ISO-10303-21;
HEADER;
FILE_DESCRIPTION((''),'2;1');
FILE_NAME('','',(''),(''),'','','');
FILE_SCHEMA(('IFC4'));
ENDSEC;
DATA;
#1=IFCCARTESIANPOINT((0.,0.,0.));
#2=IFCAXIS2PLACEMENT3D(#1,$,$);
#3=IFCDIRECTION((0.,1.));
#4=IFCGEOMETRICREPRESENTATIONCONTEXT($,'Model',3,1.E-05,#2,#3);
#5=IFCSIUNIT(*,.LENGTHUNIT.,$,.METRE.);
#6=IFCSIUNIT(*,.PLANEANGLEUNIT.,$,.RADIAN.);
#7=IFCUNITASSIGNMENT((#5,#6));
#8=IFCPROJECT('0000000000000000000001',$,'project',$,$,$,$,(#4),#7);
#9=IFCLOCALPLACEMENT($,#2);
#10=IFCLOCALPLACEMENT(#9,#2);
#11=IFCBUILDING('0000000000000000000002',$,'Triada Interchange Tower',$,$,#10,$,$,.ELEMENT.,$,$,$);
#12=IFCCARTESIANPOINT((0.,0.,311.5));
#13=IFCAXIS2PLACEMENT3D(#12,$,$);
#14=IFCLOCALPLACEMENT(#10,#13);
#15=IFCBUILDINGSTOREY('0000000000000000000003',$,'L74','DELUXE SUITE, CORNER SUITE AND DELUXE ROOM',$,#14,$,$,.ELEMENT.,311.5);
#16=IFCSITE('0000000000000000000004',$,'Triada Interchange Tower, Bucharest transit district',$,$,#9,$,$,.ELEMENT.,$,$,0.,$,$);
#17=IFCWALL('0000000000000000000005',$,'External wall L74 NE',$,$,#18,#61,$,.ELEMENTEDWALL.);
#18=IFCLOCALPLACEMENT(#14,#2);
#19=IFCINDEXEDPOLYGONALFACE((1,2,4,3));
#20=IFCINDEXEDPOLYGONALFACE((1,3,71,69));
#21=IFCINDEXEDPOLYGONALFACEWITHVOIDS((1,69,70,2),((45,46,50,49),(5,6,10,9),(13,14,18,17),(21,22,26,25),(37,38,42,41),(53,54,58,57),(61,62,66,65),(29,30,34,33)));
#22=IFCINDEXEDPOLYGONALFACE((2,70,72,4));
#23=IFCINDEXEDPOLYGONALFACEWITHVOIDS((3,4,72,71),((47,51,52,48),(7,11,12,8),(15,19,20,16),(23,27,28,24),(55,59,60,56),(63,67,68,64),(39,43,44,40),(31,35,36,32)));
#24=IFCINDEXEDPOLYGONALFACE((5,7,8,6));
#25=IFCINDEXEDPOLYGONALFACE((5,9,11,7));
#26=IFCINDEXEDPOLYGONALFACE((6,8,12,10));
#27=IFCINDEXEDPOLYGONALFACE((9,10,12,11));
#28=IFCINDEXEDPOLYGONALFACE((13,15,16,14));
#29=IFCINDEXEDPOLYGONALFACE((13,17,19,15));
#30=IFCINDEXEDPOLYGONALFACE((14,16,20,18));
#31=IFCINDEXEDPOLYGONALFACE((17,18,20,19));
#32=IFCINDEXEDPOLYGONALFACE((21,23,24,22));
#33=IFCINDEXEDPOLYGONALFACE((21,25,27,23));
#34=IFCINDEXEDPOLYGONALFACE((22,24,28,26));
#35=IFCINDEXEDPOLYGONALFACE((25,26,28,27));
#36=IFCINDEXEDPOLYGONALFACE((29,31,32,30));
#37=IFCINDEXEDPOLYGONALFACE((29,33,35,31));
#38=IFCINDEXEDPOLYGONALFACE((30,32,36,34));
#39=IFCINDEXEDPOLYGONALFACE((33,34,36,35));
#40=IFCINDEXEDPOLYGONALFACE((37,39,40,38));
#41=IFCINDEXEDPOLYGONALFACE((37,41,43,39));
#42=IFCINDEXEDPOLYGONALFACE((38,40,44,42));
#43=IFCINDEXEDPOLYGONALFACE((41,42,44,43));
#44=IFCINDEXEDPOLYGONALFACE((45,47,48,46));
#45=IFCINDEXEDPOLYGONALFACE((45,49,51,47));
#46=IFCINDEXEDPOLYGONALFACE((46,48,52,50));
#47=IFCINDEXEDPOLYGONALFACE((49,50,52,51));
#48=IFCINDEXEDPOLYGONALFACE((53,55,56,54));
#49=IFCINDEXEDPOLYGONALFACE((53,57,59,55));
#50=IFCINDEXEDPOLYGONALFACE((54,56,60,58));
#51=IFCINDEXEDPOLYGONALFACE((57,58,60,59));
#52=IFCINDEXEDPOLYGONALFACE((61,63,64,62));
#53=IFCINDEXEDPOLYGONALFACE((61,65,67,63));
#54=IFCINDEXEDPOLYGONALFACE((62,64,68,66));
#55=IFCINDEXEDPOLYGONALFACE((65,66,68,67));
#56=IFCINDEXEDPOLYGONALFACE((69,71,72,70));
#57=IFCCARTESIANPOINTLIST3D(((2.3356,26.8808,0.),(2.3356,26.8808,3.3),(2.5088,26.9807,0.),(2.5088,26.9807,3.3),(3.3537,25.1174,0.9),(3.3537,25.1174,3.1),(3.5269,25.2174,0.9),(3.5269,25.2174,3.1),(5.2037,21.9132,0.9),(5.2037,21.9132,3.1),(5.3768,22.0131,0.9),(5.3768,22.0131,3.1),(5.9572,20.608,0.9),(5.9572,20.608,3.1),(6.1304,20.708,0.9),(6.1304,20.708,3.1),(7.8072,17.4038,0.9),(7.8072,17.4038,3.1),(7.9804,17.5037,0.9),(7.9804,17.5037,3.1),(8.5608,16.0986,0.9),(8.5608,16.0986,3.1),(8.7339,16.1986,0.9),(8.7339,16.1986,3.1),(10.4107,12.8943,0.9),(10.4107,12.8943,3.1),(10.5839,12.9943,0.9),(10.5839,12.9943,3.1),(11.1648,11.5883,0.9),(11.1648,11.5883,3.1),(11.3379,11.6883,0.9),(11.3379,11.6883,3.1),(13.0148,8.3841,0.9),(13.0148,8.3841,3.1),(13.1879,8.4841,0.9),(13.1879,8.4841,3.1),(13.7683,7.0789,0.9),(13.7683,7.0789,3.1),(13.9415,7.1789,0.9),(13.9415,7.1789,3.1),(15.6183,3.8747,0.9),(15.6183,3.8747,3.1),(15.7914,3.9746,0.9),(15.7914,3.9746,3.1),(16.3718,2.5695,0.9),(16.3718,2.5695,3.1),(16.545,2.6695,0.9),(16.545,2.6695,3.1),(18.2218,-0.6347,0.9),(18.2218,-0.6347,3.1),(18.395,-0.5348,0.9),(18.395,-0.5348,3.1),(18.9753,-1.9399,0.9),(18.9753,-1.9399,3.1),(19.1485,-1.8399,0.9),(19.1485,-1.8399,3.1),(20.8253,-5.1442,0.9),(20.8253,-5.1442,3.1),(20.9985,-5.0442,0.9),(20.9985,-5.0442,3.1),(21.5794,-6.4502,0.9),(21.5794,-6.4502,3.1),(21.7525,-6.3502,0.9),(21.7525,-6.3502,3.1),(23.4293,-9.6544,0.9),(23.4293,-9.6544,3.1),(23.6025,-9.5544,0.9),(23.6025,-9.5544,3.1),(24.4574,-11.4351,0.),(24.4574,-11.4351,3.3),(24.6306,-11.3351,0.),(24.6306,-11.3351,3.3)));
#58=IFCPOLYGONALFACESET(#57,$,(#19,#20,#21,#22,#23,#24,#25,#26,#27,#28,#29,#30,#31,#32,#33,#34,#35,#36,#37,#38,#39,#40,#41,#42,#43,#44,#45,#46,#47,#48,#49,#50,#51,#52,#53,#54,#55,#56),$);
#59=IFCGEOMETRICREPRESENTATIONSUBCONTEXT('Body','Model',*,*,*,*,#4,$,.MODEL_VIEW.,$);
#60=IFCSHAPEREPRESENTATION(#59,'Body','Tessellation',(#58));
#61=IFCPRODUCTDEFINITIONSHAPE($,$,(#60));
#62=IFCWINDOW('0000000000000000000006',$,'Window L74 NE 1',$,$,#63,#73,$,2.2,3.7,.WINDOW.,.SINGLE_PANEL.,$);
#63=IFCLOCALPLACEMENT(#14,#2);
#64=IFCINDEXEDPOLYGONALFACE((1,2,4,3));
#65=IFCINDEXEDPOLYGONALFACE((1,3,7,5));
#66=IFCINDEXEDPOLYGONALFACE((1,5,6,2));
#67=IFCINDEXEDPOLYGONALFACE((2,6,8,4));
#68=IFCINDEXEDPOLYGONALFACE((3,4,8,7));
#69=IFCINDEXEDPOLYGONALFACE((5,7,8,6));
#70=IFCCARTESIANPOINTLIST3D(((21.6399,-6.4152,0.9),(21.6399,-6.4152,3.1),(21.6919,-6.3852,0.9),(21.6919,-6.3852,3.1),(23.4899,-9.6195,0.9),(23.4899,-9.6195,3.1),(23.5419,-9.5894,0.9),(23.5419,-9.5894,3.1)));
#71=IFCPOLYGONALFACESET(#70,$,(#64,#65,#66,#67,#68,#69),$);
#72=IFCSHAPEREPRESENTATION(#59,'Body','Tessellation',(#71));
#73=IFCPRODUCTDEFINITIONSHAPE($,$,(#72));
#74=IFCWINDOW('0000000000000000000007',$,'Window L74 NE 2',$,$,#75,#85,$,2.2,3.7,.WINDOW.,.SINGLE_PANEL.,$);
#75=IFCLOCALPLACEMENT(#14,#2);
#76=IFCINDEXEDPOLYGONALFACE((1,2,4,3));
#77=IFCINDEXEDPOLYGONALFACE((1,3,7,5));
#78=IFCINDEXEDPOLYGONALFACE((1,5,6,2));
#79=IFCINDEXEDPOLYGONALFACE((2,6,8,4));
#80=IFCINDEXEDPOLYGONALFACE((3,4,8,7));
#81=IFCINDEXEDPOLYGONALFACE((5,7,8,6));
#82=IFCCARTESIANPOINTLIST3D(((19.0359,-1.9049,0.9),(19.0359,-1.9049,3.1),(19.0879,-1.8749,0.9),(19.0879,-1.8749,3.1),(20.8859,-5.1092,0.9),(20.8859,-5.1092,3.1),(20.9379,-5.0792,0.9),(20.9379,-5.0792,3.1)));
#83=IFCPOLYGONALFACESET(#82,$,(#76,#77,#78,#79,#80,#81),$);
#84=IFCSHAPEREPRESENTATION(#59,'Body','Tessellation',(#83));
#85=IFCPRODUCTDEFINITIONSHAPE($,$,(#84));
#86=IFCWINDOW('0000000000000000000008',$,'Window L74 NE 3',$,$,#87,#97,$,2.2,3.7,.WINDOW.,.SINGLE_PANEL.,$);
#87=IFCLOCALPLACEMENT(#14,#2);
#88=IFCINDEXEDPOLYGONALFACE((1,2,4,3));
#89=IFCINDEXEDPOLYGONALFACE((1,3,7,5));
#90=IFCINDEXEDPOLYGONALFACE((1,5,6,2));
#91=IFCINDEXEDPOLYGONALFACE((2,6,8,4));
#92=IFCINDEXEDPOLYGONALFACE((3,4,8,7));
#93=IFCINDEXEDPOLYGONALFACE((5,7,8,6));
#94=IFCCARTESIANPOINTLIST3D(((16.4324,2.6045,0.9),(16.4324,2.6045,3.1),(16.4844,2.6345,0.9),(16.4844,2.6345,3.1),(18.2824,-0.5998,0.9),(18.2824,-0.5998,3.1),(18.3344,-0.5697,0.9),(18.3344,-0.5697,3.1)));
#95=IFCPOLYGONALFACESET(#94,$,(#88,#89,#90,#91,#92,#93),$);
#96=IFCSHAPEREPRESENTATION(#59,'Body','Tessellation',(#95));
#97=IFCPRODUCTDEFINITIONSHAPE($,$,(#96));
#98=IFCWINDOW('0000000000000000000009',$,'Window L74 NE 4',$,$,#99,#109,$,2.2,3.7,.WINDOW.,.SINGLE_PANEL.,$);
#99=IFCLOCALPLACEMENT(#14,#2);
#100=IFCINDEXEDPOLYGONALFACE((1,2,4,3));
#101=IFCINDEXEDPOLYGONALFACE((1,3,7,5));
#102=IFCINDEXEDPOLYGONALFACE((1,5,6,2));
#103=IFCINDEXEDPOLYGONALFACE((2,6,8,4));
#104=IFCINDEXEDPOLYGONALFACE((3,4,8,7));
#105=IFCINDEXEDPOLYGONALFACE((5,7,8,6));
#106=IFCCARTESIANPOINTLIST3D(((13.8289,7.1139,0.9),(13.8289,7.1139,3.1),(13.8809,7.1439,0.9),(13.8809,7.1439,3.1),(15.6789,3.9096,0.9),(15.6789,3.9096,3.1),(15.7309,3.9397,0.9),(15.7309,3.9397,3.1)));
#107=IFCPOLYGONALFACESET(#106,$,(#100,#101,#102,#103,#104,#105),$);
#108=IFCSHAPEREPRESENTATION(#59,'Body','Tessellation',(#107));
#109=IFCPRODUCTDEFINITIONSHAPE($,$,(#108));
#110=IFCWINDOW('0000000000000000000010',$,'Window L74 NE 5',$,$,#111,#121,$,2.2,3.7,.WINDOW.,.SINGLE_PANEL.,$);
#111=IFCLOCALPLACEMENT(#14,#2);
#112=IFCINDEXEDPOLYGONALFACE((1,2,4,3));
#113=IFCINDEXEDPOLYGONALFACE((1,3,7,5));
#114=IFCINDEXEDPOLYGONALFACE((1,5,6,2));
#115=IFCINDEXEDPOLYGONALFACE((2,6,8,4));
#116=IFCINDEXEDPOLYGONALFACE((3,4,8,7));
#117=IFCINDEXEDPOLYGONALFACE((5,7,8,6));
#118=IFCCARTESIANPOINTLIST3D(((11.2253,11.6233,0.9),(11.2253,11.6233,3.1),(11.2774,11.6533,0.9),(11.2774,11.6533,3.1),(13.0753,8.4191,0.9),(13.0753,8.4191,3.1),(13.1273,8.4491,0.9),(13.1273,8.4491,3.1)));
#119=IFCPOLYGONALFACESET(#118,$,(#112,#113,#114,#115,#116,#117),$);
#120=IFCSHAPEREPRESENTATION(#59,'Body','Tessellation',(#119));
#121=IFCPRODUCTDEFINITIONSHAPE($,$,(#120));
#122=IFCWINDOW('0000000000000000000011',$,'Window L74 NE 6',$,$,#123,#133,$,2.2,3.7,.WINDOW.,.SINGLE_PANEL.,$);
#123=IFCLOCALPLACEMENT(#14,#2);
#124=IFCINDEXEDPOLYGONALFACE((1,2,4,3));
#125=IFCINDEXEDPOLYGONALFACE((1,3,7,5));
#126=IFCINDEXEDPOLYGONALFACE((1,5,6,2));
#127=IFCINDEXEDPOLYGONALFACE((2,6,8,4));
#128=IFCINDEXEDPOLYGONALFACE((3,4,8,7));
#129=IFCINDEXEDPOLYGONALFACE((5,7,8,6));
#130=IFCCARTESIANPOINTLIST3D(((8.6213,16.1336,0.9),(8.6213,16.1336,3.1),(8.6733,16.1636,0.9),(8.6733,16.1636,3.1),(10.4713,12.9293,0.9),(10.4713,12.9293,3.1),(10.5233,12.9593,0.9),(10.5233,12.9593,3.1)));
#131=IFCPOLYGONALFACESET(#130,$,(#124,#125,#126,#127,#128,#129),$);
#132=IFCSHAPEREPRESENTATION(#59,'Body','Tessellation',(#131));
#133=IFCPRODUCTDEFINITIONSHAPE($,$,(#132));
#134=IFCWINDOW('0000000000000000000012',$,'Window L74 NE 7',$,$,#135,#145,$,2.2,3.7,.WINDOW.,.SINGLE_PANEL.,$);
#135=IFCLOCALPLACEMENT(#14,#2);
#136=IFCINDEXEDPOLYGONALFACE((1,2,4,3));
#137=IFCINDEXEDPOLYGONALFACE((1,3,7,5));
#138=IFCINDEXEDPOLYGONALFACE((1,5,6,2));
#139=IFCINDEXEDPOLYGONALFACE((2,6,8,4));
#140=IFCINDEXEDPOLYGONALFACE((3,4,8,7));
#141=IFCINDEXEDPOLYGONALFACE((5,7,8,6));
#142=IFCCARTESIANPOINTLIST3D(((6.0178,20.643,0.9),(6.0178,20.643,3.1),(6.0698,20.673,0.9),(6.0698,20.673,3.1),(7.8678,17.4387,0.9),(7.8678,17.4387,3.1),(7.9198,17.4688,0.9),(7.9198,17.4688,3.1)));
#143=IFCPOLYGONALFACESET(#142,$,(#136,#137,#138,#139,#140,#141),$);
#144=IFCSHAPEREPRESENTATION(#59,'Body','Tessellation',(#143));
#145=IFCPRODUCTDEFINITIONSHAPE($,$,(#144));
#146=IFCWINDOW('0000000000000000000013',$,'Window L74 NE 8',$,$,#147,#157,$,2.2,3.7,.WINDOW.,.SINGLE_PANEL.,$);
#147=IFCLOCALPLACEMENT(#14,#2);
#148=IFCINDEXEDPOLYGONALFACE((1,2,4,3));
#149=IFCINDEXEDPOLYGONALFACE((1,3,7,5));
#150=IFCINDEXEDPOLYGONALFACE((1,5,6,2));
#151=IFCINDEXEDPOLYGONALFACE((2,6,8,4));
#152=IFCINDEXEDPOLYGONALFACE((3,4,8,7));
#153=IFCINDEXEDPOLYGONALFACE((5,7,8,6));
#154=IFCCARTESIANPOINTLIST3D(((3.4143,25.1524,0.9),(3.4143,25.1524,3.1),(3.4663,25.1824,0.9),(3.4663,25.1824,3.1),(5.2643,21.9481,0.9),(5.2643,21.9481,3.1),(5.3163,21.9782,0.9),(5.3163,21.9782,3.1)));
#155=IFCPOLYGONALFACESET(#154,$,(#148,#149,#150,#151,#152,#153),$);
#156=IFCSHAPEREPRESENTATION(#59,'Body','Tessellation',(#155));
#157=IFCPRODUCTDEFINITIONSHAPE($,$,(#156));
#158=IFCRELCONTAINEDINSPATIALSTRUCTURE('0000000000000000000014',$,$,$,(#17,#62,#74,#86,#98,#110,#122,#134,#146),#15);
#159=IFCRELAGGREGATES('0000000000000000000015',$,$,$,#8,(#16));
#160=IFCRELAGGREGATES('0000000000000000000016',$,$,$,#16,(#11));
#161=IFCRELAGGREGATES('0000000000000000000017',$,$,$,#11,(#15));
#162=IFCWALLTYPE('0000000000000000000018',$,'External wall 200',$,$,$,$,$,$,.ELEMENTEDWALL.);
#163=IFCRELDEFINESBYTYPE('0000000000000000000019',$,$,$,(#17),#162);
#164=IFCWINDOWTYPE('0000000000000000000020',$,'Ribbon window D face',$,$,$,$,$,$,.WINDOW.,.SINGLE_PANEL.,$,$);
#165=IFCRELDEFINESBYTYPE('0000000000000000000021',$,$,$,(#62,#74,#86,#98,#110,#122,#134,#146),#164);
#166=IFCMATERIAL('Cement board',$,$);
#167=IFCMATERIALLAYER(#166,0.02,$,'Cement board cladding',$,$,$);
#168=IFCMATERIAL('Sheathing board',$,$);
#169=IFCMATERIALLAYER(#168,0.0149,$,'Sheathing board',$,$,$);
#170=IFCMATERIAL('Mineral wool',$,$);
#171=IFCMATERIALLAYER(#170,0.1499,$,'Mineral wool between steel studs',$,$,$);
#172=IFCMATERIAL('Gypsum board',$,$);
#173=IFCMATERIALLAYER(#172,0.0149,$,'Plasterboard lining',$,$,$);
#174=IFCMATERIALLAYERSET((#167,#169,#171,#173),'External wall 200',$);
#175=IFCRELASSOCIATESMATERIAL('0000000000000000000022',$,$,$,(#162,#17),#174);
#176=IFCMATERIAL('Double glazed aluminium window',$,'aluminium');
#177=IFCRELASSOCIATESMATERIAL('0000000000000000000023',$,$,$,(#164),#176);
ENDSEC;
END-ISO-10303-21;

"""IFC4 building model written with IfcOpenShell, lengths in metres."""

from ifc_helpers import new_model, si_unit, direction, frame, frame_2d, origin, place, context, subcontext, project, spatial, rectangle, extrude, material, layer, layer_set, layer_usage, type_object, element, fill, save


model = new_model("IFC4")

# Units and contexts
model_context = context("Model", 3, precision=1e-05, world=origin(), true_north=direction((0.0, 1.0)))
body_context = subcontext(model_context, "Body", "Model", "MODEL_VIEW")
ifc_project = project(units=[si_unit("LENGTHUNIT", "METRE"), si_unit("PLANEANGLEUNIT", "RADIAN")], contexts=[model_context])

# Site, building, storey
site_placement = place(None, origin())
site = spatial("IfcSite", under=ifc_project, at=site_placement, Name="Triada Interchange Tower, Bucharest transit district", CompositionType="ELEMENT", RefElevation=0.0)
building_placement = place(site_placement, origin())
building = spatial("IfcBuilding", under=site, at=building_placement, Name="Triada Interchange Tower", CompositionType="ELEMENT")
storey_placement = place(building_placement, frame((0.0, 0.0, 311.5)))
storey = spatial("IfcBuildingStorey", under=building, at=storey_placement, Name="L74", Description="DELUXE SUITE, CORNER SUITE AND DELUXE ROOM", CompositionType="ELEMENT", Elevation=311.5)

# Shared definitions
ifc_material_1 = material(Name="Cement board")
ifc_layer_1 = layer(ifc_material_1, 0.02, Name="Cement board cladding")
ifc_material_2 = material(Name="Sheathing board")
ifc_layer_2 = layer(ifc_material_2, 0.0149, Name="Sheathing board")
ifc_material_3 = material(Name="Mineral wool")
ifc_layer_3 = layer(ifc_material_3, 0.1499, Name="Mineral wool between steel studs")
ifc_material_4 = material(Name="Gypsum board")
ifc_layer_4 = layer(ifc_material_4, 0.0149, Name="Plasterboard lining")
ifc_layer_set_1 = layer_set([ifc_layer_1, ifc_layer_2, ifc_layer_3, ifc_layer_4], Name="External wall 200")
ifc_layer_usage = layer_usage(ifc_layer_set_1, "AXIS2", "POSITIVE", -0.1001)
wall_type = type_object("IfcWallType", Name="External wall 200", PredefinedType="ELEMENTEDWALL", material=ifc_layer_set_1)
ifc_material_5 = material(Name="Double glazed aluminium window", Category="aluminium")

# Wall, openings, windows
wall_1_placement = place(storey_placement, frame((24.5439, -11.385, 0.0), z_axis=(0.0, 0.0, 1.0), x_axis=(-0.500002, 0.866024, 0.0)))
wall_1 = element("IfcWall", 1, at=wall_1_placement, inside=storey, type_object=wall_type, material=ifc_layer_usage, Name="External wall L74 NE", PredefinedType="ELEMENTEDWALL", context=body_context, shape_type="SweptSolid", body=[
    extrude(rectangle(XDim=44.2434, YDim=0.2, at=frame_2d((22.1216, 0.0))), origin(), (0.0, 0.0, 1.0), 3.3),
])
opening_1_placement = place(wall_1_placement, frame((2.0559, 0.0, 0.8999)))
opening_1 = element("IfcOpeningElement", 2, at=opening_1_placement, cuts=wall_1, PredefinedType="OPENING", context=body_context, shape_type="SweptSolid", body=[
    extrude(rectangle(XDim=3.7, YDim=2.2, at=frame_2d((1.8501, 1.1001))), frame((0.0, 0.1099, 0.0), z_axis=(0.0, -1.0, 0.0), x_axis=(1.0, 0.0, 0.0)), (0.0, 0.0, 1.0), 0.22),
])
opening_2_placement = place(wall_1_placement, frame((7.2639, 0.0, 0.8999)))
opening_2 = element("IfcOpeningElement", 3, at=opening_2_placement, cuts=wall_1, PredefinedType="OPENING", context=body_context, shape_type="SweptSolid", body=[
    extrude(rectangle(XDim=3.7, YDim=2.2, at=frame_2d((1.8501, 1.1001))), frame((0.0, 0.1099, 0.0), z_axis=(0.0, -1.0, 0.0), x_axis=(1.0, 0.0, 0.0)), (0.0, 0.0, 1.0), 0.22),
])
opening_3_placement = place(wall_1_placement, frame((12.4709, 0.0, 0.8999)))
opening_3 = element("IfcOpeningElement", 4, at=opening_3_placement, cuts=wall_1, PredefinedType="OPENING", context=body_context, shape_type="SweptSolid", body=[
    extrude(rectangle(XDim=3.7, YDim=2.2, at=frame_2d((1.8501, 1.1001))), frame((0.0, 0.1099, 0.0), z_axis=(0.0, -1.0, 0.0), x_axis=(1.0, 0.0, 0.0)), (0.0, 0.0, 1.0), 0.22),
])
opening_4_placement = place(wall_1_placement, frame((17.678, 0.0, 0.8999)))
opening_4 = element("IfcOpeningElement", 5, at=opening_4_placement, cuts=wall_1, PredefinedType="OPENING", context=body_context, shape_type="SweptSolid", body=[
    extrude(rectangle(XDim=3.7, YDim=2.2, at=frame_2d((1.8501, 1.1001))), frame((0.0, 0.1099, 0.0), z_axis=(0.0, -1.0, 0.0), x_axis=(1.0, 0.0, 0.0)), (0.0, 0.0, 1.0), 0.22),
])
opening_5_placement = place(wall_1_placement, frame((22.885, 0.0, 0.8999)))
opening_5 = element("IfcOpeningElement", 6, at=opening_5_placement, cuts=wall_1, PredefinedType="OPENING", context=body_context, shape_type="SweptSolid", body=[
    extrude(rectangle(XDim=3.7, YDim=2.2, at=frame_2d((1.8501, 1.1001))), frame((0.0, 0.1099, 0.0), z_axis=(0.0, -1.0, 0.0), x_axis=(1.0, 0.0, 0.0)), (0.0, 0.0, 1.0), 0.22),
])
opening_6_placement = place(wall_1_placement, frame((28.093, 0.0, 0.8999)))
opening_6 = element("IfcOpeningElement", 7, at=opening_6_placement, cuts=wall_1, PredefinedType="OPENING", context=body_context, shape_type="SweptSolid", body=[
    extrude(rectangle(XDim=3.7, YDim=2.2, at=frame_2d((1.8501, 1.1001))), frame((0.0, 0.1099, 0.0), z_axis=(0.0, -1.0, 0.0), x_axis=(1.0, 0.0, 0.0)), (0.0, 0.0, 1.0), 0.22),
])
opening_7_placement = place(wall_1_placement, frame((33.3, 0.0, 0.8999)))
opening_7 = element("IfcOpeningElement", 8, at=opening_7_placement, cuts=wall_1, PredefinedType="OPENING", context=body_context, shape_type="SweptSolid", body=[
    extrude(rectangle(XDim=3.7, YDim=2.2, at=frame_2d((1.8501, 1.1001))), frame((0.0, 0.1099, 0.0), z_axis=(0.0, -1.0, 0.0), x_axis=(1.0, 0.0, 0.0)), (0.0, 0.0, 1.0), 0.22),
])
opening_8_placement = place(wall_1_placement, frame((38.5071, 0.0, 0.8999)))
opening_8 = element("IfcOpeningElement", 9, at=opening_8_placement, cuts=wall_1, PredefinedType="OPENING", context=body_context, shape_type="SweptSolid", body=[
    extrude(rectangle(XDim=3.7, YDim=2.2, at=frame_2d((1.8501, 1.1001))), frame((0.0, 0.1099, 0.0), z_axis=(0.0, -1.0, 0.0), x_axis=(1.0, 0.0, 0.0)), (0.0, 0.0, 1.0), 0.22),
])
window_type_1 = type_object("IfcWindowType", Name="Ribbon window D face", PartitioningType="SINGLE_PANEL", PredefinedType="WINDOW", material=ifc_material_5)
window_1_placement = place(opening_1_placement, origin())
window_1 = element("IfcWindow", 10, at=window_1_placement, inside=storey, type_object=window_type_1, Name="Window L74 NE 1", OverallHeight=2.2, OverallWidth=3.7, PartitioningType="SINGLE_PANEL", PredefinedType="WINDOW", context=body_context, shape_type="SweptSolid", body=[
    extrude(rectangle(XDim=3.7, YDim=2.2, at=frame_2d((1.8501, 1.1001))), frame((0.0, 0.03, 0.0), z_axis=(0.0, -1.0, 0.0), x_axis=(1.0, 0.0, 0.0)), (0.0, 0.0, 1.0), 0.0601),
])
fill(opening_1, window_1)
window_2_placement = place(opening_2_placement, origin())
window_2 = element("IfcWindow", 11, at=window_2_placement, inside=storey, type_object=window_type_1, Name="Window L74 NE 2", OverallHeight=2.2, OverallWidth=3.7, PartitioningType="SINGLE_PANEL", PredefinedType="WINDOW", context=body_context, shape_type="SweptSolid", body=[
    extrude(rectangle(XDim=3.7, YDim=2.2, at=frame_2d((1.8501, 1.1001))), frame((0.0, 0.03, 0.0), z_axis=(0.0, -1.0, 0.0), x_axis=(1.0, 0.0, 0.0)), (0.0, 0.0, 1.0), 0.0601),
])
fill(opening_2, window_2)
window_3_placement = place(opening_3_placement, origin())
window_3 = element("IfcWindow", 12, at=window_3_placement, inside=storey, type_object=window_type_1, Name="Window L74 NE 3", OverallHeight=2.2, OverallWidth=3.7, PartitioningType="SINGLE_PANEL", PredefinedType="WINDOW", context=body_context, shape_type="SweptSolid", body=[
    extrude(rectangle(XDim=3.7, YDim=2.2, at=frame_2d((1.8501, 1.1001))), frame((0.0, 0.03, 0.0), z_axis=(0.0, -1.0, 0.0), x_axis=(1.0, 0.0, 0.0)), (0.0, 0.0, 1.0), 0.0601),
])
fill(opening_3, window_3)
window_4_placement = place(opening_4_placement, origin())
window_4 = element("IfcWindow", 13, at=window_4_placement, inside=storey, type_object=window_type_1, Name="Window L74 NE 4", OverallHeight=2.2, OverallWidth=3.7, PartitioningType="SINGLE_PANEL", PredefinedType="WINDOW", context=body_context, shape_type="SweptSolid", body=[
    extrude(rectangle(XDim=3.7, YDim=2.2, at=frame_2d((1.8501, 1.1001))), frame((0.0, 0.03, 0.0), z_axis=(0.0, -1.0, 0.0), x_axis=(1.0, 0.0, 0.0)), (0.0, 0.0, 1.0), 0.0601),
])
fill(opening_4, window_4)
window_5_placement = place(opening_5_placement, origin())
window_5 = element("IfcWindow", 14, at=window_5_placement, inside=storey, type_object=window_type_1, Name="Window L74 NE 5", OverallHeight=2.2, OverallWidth=3.7, PartitioningType="SINGLE_PANEL", PredefinedType="WINDOW", context=body_context, shape_type="SweptSolid", body=[
    extrude(rectangle(XDim=3.7, YDim=2.2, at=frame_2d((1.8501, 1.1001))), frame((0.0, 0.03, 0.0), z_axis=(0.0, -1.0, 0.0), x_axis=(1.0, 0.0, 0.0)), (0.0, 0.0, 1.0), 0.0601),
])
fill(opening_5, window_5)
window_6_placement = place(opening_6_placement, origin())
window_6 = element("IfcWindow", 15, at=window_6_placement, inside=storey, type_object=window_type_1, Name="Window L74 NE 6", OverallHeight=2.2, OverallWidth=3.7, PartitioningType="SINGLE_PANEL", PredefinedType="WINDOW", context=body_context, shape_type="SweptSolid", body=[
    extrude(rectangle(XDim=3.7, YDim=2.2, at=frame_2d((1.8501, 1.1001))), frame((0.0, 0.03, 0.0), z_axis=(0.0, -1.0, 0.0), x_axis=(1.0, 0.0, 0.0)), (0.0, 0.0, 1.0), 0.0601),
])
fill(opening_6, window_6)
window_7_placement = place(opening_7_placement, origin())
window_7 = element("IfcWindow", 16, at=window_7_placement, inside=storey, type_object=window_type_1, Name="Window L74 NE 7", OverallHeight=2.2, OverallWidth=3.7, PartitioningType="SINGLE_PANEL", PredefinedType="WINDOW", context=body_context, shape_type="SweptSolid", body=[
    extrude(rectangle(XDim=3.7, YDim=2.2, at=frame_2d((1.8501, 1.1001))), frame((0.0, 0.03, 0.0), z_axis=(0.0, -1.0, 0.0), x_axis=(1.0, 0.0, 0.0)), (0.0, 0.0, 1.0), 0.0601),
])
fill(opening_7, window_7)
window_8_placement = place(opening_8_placement, origin())
window_8 = element("IfcWindow", 17, at=window_8_placement, inside=storey, type_object=window_type_1, Name="Window L74 NE 8", OverallHeight=2.2, OverallWidth=3.7, PartitioningType="SINGLE_PANEL", PredefinedType="WINDOW", context=body_context, shape_type="SweptSolid", body=[
    extrude(rectangle(XDim=3.7, YDim=2.2, at=frame_2d((1.8501, 1.1001))), frame((0.0, 0.03, 0.0), z_axis=(0.0, -1.0, 0.0), x_axis=(1.0, 0.0, 0.0)), (0.0, 0.0, 1.0), 0.0601),
])
fill(opening_8, window_8)

save(model, "model.ifc")
